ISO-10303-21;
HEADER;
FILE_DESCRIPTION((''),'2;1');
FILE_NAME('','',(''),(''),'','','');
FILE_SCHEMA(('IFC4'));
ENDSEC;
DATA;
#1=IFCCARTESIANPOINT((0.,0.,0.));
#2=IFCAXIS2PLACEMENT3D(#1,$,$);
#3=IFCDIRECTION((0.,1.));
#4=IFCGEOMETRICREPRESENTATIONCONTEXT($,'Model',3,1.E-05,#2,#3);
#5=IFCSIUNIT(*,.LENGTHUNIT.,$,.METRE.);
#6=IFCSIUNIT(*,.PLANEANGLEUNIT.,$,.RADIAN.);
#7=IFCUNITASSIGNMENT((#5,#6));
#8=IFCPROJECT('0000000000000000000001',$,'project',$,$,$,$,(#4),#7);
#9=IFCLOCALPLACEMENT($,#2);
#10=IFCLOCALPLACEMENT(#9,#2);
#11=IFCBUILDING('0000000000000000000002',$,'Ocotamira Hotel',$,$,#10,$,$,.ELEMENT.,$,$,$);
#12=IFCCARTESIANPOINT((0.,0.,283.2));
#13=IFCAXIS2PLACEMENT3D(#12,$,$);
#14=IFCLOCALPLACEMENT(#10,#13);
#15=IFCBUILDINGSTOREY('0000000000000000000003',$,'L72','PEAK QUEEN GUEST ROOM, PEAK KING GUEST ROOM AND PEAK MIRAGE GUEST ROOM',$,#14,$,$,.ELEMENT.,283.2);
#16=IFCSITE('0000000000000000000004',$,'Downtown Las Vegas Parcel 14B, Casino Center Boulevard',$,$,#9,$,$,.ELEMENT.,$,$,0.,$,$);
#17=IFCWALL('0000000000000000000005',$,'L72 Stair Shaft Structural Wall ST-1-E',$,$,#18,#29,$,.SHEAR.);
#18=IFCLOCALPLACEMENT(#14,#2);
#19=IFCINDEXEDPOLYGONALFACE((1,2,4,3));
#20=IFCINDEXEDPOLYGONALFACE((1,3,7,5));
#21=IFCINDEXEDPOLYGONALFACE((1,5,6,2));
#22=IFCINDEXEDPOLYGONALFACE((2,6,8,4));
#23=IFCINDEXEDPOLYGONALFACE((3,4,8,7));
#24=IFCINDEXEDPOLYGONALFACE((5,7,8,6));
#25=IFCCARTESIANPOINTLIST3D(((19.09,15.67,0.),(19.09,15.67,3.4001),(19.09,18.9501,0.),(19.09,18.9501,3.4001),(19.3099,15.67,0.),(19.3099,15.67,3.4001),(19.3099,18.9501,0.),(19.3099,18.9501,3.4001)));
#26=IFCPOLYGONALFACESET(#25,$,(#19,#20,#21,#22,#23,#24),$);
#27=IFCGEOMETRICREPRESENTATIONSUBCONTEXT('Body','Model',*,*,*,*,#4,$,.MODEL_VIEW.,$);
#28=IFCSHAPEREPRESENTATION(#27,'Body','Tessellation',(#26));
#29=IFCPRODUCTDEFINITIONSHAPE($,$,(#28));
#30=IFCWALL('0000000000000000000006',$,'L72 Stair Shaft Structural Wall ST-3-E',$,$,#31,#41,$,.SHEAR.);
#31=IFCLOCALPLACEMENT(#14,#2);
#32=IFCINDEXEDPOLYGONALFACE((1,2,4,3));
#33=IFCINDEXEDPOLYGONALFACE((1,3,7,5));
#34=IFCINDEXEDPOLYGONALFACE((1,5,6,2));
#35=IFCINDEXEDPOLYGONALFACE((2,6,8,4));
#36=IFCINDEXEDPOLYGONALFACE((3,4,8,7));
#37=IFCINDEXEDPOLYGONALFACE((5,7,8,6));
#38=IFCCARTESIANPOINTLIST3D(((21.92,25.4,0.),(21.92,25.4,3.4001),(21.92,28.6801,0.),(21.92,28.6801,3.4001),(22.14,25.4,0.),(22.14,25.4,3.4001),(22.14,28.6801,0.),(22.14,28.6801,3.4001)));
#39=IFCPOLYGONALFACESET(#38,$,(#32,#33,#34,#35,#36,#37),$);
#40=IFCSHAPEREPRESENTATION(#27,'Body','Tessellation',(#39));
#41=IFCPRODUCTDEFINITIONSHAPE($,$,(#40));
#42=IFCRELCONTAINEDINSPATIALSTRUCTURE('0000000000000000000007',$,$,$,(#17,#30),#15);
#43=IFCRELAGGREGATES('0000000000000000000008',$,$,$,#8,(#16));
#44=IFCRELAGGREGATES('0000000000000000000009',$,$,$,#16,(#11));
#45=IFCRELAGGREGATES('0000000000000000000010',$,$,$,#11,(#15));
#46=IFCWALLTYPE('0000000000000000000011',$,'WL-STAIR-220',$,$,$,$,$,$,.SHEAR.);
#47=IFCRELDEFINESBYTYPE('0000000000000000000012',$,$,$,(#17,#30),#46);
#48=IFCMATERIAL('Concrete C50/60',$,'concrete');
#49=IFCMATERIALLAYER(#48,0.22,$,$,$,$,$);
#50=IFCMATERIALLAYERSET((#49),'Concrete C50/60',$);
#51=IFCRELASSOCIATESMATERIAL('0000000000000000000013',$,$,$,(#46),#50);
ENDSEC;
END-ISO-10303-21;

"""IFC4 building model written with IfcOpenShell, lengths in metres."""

from ifc_helpers import new_model, si_unit, direction, frame, frame_2d, origin, place, context, subcontext, project, spatial, rectangle, extrude, material, layer, layer_set, type_object, element, save


model = new_model("IFC4")

# Units and contexts
model_context = context("Model", 3, precision=1e-05, world=origin(), true_north=direction((0.0, 1.0)))
body_context = subcontext(model_context, "Body", "Model", "MODEL_VIEW")
ifc_project = project(units=[si_unit("LENGTHUNIT", "METRE"), si_unit("PLANEANGLEUNIT", "RADIAN")], contexts=[model_context])

# Site, building, storey
site_placement = place(None, origin())
site = spatial("IfcSite", under=ifc_project, at=site_placement, Name="Downtown Las Vegas Parcel 14B, Casino Center Boulevard", CompositionType="ELEMENT", RefElevation=0.0)
building_placement = place(site_placement, origin())
building = spatial("IfcBuilding", under=site, at=building_placement, Name="Ocotamira Hotel", CompositionType="ELEMENT")
storey_placement = place(building_placement, frame((0.0, 0.0, 283.2)))
storey = spatial("IfcBuildingStorey", under=building, at=storey_placement, Name="L72", Description="PEAK QUEEN GUEST ROOM, PEAK KING GUEST ROOM AND PEAK MIRAGE GUEST ROOM", CompositionType="ELEMENT", Elevation=283.2)

# Shared definitions
ifc_material_1 = material(Name="Concrete C50/60", Category="concrete")

# Walls
ifc_layer_1 = layer(ifc_material_1, 0.22)
ifc_layer_set_1 = layer_set([ifc_layer_1], Name="Concrete C50/60")
wall_type_1 = type_object("IfcWallType", Name="WL-STAIR-220", PredefinedType="SHEAR", material=ifc_layer_set_1)
for number, where, z_axis, x_axis, name in (
    (1, (19.2, 15.6699, 0.0), (0.0, 0.0, 1.0), (0.0, 1.0, 0.0), "L72 Stair Shaft Structural Wall ST-1-E"),
    (2, (22.03, 25.3999, 0.0), (0.0, 0.0, 1.0), (0.0, 1.0, 0.0), "L72 Stair Shaft Structural Wall ST-3-E"),
):
    element("IfcWall", number, at=place(storey_placement, frame(where, z_axis=z_axis, x_axis=x_axis)), inside=storey, type_object=wall_type_1, Name=name, PredefinedType="SHEAR", context=body_context, shape_type="SweptSolid", body=[
        extrude(rectangle(XDim=3.28, YDim=0.22, at=frame_2d((1.6401, 0.0))), origin(), (0.0, 0.0, 1.0), 3.4001),
    ])

save(model, "model.ifc")
